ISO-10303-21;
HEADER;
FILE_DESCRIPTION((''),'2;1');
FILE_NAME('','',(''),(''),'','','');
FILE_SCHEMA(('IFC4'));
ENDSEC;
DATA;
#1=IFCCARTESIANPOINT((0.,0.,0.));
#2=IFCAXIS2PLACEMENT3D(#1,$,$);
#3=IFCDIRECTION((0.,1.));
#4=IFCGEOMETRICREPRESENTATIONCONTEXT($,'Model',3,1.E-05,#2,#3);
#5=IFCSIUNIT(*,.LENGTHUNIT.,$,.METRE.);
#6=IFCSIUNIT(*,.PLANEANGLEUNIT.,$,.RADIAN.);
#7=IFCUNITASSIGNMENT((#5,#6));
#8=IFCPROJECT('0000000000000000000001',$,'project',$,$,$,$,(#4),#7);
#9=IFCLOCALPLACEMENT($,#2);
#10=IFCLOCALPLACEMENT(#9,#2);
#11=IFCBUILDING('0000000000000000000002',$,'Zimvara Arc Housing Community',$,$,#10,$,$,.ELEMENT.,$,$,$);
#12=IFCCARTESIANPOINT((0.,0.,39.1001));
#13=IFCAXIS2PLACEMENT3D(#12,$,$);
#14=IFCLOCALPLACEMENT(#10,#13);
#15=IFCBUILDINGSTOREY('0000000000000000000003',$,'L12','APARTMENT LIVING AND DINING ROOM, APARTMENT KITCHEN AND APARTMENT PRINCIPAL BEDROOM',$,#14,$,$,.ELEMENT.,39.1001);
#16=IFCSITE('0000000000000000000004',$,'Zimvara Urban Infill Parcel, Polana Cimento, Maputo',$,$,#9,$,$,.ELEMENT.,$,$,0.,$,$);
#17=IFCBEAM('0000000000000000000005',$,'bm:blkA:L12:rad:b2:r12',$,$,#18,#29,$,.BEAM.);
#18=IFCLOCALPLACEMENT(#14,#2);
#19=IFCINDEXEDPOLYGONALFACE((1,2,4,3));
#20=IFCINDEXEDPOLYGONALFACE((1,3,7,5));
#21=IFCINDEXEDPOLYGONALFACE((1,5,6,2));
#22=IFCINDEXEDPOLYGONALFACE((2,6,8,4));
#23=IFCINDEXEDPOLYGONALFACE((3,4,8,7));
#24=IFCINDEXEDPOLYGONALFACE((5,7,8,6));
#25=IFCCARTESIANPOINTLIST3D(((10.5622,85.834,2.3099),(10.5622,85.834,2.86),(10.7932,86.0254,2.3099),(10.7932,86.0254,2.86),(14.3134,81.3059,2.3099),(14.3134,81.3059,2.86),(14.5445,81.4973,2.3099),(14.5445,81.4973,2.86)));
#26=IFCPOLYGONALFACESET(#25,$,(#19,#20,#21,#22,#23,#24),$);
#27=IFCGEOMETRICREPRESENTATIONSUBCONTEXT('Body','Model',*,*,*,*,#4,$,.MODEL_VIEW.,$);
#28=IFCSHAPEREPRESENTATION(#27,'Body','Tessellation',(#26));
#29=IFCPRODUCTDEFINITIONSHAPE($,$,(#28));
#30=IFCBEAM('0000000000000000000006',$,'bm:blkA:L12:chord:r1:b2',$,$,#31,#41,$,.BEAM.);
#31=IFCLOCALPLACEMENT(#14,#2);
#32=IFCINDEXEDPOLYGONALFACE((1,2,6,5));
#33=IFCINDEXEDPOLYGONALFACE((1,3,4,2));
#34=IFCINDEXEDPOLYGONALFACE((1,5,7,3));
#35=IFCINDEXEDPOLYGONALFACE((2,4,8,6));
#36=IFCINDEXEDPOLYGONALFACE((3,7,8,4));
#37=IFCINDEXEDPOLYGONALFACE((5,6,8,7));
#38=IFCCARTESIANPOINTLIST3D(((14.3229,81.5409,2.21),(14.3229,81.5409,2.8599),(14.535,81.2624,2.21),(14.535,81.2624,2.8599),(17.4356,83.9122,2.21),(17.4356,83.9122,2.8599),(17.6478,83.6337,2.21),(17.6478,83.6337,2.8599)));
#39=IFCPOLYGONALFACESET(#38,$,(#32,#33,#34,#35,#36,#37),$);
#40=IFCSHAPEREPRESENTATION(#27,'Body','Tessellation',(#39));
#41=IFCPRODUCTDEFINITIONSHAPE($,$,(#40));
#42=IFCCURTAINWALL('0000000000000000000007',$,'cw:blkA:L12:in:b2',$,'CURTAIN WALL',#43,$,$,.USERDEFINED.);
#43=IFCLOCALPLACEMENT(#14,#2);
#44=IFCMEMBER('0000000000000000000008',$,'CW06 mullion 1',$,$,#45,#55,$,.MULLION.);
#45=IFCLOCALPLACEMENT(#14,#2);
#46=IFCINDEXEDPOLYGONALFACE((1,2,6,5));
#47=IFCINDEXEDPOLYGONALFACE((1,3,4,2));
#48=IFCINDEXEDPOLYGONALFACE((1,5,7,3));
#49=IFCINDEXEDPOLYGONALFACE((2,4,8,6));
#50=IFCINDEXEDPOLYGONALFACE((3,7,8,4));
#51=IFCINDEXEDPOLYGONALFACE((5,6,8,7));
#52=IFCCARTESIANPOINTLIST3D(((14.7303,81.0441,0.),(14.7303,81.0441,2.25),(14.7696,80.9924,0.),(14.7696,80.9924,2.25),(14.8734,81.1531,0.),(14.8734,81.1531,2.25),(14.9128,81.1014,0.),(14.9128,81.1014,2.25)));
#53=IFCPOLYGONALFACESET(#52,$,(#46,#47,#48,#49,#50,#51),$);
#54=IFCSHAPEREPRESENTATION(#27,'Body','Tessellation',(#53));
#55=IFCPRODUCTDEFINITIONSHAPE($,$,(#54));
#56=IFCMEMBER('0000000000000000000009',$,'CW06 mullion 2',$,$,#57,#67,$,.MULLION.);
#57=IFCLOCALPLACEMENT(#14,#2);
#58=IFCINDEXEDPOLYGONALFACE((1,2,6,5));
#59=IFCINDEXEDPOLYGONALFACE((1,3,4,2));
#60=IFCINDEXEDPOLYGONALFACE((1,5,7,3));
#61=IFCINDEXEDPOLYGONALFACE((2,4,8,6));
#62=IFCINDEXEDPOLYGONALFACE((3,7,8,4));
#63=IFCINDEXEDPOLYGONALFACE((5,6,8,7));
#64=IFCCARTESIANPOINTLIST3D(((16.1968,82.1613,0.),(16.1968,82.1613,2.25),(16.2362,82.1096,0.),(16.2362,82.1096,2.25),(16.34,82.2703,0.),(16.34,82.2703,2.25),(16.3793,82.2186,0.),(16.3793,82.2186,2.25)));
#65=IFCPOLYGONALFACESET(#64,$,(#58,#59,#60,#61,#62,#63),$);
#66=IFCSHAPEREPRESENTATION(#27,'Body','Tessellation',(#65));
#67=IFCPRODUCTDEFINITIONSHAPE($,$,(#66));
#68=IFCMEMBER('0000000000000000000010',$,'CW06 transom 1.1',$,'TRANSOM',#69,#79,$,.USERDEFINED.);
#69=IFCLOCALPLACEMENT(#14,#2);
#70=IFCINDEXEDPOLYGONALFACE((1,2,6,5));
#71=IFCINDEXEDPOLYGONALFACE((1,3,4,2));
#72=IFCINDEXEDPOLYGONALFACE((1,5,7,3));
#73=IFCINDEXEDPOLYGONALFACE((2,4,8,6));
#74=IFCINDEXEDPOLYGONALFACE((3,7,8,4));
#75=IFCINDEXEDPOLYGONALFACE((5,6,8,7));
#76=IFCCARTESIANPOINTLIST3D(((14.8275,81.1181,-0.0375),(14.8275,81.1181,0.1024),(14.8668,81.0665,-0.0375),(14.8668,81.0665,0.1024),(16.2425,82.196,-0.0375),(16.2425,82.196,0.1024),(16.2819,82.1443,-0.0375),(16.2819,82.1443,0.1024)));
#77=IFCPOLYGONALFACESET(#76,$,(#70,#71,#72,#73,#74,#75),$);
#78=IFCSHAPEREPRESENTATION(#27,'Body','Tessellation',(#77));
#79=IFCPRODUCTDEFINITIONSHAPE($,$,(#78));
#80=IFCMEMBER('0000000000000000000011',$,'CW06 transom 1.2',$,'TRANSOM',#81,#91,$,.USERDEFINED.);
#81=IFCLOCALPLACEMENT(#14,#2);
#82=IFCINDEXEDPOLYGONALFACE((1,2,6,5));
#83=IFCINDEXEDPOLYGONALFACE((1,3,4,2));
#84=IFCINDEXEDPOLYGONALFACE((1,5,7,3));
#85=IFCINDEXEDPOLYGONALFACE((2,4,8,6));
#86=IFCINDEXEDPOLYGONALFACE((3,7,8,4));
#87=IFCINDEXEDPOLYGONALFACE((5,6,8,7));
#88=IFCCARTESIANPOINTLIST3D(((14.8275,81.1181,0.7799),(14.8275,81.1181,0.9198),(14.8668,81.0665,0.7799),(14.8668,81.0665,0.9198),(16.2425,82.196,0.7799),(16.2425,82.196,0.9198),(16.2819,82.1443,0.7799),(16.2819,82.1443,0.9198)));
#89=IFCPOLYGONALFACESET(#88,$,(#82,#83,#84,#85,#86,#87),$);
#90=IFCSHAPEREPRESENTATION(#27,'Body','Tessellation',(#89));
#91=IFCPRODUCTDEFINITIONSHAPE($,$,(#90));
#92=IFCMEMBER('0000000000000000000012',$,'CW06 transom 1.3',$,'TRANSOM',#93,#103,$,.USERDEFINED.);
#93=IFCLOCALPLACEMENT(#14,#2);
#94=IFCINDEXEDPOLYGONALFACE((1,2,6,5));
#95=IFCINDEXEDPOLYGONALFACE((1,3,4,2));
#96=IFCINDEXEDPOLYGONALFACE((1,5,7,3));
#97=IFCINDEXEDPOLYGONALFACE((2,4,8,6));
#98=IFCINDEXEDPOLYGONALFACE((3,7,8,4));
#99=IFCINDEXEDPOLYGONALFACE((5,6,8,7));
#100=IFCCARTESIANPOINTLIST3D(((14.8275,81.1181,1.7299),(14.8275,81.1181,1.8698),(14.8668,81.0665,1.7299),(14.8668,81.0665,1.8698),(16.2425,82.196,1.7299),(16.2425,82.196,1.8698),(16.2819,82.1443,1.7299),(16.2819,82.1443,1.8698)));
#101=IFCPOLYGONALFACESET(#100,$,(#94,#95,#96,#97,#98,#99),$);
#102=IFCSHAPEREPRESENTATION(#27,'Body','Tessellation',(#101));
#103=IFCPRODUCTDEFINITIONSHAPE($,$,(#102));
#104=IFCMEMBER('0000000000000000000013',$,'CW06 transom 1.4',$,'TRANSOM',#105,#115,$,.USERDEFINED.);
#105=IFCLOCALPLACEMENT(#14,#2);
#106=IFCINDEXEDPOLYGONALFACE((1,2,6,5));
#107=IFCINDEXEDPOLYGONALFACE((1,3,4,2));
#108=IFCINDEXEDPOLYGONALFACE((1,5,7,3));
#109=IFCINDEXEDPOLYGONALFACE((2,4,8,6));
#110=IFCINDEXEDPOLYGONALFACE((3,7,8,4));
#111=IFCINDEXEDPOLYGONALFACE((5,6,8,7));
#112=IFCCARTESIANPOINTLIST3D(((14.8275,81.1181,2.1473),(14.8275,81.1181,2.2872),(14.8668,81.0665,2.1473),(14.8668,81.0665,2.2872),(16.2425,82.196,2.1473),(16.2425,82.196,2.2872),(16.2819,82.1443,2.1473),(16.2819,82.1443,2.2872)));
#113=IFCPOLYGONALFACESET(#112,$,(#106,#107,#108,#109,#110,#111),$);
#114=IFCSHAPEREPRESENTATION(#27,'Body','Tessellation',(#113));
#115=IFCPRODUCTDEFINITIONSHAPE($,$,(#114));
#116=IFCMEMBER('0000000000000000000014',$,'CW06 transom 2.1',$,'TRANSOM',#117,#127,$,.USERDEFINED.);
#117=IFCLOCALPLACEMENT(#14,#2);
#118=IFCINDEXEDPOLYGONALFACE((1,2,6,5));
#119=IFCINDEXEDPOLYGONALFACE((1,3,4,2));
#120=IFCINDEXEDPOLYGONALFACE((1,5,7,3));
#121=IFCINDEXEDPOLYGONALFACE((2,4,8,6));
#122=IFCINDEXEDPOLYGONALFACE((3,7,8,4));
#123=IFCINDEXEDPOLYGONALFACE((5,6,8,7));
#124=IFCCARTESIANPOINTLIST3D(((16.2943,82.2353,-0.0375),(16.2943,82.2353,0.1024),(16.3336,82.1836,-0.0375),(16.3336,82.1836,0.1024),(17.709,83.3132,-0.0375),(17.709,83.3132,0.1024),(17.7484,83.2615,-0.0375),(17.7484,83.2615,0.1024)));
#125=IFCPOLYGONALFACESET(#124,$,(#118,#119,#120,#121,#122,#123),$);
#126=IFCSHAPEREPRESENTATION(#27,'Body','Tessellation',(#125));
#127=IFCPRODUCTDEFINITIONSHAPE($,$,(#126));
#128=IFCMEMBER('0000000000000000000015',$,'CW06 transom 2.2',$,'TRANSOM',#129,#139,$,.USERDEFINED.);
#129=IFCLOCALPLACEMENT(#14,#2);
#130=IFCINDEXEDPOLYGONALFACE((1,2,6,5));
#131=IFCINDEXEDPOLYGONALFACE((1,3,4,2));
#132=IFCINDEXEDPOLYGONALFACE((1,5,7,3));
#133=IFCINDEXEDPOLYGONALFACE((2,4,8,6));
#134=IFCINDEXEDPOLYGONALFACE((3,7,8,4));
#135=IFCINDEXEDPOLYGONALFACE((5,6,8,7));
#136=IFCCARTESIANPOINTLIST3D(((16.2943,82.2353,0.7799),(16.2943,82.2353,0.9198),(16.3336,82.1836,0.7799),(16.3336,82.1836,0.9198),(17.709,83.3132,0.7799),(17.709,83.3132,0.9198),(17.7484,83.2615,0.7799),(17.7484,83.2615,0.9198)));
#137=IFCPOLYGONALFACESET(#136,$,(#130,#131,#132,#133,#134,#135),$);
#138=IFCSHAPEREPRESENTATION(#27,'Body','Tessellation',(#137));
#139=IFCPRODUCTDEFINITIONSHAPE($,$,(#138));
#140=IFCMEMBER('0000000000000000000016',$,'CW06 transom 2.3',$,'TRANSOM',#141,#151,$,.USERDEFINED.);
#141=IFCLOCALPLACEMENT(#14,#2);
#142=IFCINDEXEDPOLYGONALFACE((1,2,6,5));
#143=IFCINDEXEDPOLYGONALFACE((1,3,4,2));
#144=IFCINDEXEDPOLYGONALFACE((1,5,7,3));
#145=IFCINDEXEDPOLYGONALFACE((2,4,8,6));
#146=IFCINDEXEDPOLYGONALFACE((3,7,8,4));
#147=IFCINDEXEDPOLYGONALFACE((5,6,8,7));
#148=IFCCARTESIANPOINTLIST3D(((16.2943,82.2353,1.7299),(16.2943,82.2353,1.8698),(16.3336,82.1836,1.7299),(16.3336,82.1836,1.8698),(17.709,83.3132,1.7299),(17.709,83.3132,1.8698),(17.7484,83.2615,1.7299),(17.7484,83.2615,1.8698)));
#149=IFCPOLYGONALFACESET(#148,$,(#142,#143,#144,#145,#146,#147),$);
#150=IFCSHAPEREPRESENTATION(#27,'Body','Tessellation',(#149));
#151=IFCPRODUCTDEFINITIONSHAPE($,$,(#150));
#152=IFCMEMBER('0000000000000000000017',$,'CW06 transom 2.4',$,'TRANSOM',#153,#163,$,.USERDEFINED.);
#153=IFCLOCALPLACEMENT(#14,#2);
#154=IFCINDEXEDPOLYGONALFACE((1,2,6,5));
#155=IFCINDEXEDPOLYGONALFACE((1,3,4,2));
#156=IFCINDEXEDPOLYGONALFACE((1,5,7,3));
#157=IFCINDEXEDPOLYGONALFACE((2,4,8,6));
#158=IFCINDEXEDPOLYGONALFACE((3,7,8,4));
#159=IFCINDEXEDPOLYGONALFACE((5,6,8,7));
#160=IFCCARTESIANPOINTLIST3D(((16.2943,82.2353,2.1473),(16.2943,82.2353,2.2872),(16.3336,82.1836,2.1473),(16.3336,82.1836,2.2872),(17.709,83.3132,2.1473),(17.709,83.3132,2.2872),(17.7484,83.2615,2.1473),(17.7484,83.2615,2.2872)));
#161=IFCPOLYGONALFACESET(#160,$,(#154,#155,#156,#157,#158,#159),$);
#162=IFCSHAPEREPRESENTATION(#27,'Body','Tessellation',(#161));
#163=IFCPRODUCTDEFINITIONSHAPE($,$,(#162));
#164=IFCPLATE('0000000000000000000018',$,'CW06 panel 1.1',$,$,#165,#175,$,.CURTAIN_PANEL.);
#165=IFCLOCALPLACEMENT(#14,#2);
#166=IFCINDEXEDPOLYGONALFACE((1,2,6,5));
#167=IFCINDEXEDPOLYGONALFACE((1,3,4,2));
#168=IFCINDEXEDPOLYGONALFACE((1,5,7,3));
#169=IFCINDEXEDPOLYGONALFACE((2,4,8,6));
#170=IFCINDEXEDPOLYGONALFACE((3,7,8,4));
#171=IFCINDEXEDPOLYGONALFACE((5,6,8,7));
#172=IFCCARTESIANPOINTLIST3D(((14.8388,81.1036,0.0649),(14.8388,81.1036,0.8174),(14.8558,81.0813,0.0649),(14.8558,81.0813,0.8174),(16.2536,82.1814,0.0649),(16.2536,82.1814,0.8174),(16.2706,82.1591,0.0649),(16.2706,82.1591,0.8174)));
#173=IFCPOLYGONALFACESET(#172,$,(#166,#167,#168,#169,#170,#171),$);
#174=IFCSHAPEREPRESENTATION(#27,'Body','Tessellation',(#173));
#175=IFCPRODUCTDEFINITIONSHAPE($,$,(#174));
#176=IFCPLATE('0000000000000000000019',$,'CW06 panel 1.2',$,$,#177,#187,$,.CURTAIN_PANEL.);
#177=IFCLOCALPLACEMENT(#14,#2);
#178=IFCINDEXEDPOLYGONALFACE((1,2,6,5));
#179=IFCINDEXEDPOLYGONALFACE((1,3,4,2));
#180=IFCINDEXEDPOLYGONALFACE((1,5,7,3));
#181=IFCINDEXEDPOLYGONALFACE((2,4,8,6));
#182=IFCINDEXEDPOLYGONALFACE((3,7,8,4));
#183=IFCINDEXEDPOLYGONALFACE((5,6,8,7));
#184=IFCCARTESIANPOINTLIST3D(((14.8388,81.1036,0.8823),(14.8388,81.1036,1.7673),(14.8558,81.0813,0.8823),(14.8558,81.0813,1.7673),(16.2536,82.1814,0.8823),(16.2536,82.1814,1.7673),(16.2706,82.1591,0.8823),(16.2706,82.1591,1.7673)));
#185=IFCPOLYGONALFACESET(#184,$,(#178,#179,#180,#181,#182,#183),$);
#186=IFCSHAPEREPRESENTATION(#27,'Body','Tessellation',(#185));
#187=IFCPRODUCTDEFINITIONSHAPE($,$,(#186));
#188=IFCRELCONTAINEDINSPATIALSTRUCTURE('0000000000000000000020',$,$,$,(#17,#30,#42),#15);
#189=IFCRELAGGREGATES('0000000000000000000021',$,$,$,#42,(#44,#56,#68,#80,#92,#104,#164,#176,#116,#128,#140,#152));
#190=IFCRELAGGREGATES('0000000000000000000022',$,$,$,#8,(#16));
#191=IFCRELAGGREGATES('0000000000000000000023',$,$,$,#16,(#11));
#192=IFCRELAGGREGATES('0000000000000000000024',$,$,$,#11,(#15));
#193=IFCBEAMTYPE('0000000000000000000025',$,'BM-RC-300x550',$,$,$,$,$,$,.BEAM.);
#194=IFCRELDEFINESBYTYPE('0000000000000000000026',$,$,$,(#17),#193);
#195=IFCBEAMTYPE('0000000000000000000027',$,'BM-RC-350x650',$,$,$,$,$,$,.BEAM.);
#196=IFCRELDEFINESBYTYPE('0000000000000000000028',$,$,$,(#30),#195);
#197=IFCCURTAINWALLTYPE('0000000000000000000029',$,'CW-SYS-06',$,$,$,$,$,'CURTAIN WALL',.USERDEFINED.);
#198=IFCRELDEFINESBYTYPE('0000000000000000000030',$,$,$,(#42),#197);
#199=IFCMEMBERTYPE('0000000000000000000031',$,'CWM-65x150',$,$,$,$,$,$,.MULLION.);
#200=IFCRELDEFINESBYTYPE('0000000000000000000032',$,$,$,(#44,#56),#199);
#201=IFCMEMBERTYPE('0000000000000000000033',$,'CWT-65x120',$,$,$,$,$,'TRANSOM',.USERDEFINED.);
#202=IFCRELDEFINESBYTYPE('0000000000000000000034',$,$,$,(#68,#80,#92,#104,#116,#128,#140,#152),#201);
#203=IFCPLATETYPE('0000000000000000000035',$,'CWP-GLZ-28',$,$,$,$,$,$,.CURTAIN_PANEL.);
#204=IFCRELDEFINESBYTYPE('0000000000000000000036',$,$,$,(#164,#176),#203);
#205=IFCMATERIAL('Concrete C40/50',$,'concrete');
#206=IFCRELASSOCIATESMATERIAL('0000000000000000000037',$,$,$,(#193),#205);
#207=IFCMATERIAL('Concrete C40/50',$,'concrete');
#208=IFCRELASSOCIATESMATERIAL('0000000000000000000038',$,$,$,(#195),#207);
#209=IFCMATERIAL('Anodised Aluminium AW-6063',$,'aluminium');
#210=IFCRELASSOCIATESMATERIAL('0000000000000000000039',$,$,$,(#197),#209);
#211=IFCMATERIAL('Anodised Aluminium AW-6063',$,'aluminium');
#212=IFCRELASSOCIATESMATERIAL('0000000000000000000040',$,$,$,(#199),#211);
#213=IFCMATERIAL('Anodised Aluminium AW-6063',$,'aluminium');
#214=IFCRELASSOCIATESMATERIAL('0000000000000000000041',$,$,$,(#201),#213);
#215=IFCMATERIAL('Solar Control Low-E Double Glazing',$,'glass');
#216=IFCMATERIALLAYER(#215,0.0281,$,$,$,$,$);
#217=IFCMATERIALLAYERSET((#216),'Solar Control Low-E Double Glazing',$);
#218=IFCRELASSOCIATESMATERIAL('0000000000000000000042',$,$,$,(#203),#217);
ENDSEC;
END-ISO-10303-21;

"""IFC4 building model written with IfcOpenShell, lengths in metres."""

from ifc_helpers import new_model, si_unit, direction, frame, origin, origin_2d, place, context, subcontext, project, spatial, rectangle, extrude, material, layer, layer_set, material_profile, profile_set, type_object, element, aggregate, save


model = new_model("IFC4")

# Units and contexts
model_context = context("Model", 3, precision=1e-05, world=origin(), true_north=direction((0.0, 1.0)))
body_context = subcontext(model_context, "Body", "Model", "MODEL_VIEW")
ifc_project = project(units=[si_unit("LENGTHUNIT", "METRE"), si_unit("PLANEANGLEUNIT", "RADIAN")], contexts=[model_context])

# Site, building, storey
site_placement = place(None, origin())
site = spatial("IfcSite", under=ifc_project, at=site_placement, Name="Zimvara Urban Infill Parcel, Polana Cimento, Maputo", CompositionType="ELEMENT", RefElevation=0.0)
building_placement = place(site_placement, origin())
building = spatial("IfcBuilding", under=site, at=building_placement, Name="Zimvara Arc Housing Community", CompositionType="ELEMENT")
storey_placement = place(building_placement, frame((0.0, 0.0, 39.1001)))
storey = spatial("IfcBuildingStorey", under=building, at=storey_placement, Name="L12", Description="APARTMENT LIVING AND DINING ROOM, APARTMENT KITCHEN AND APARTMENT PRINCIPAL BEDROOM", CompositionType="ELEMENT", Elevation=39.1001)

# Beams
ifc_material_1 = material(Name="Concrete C40/50", Category="concrete")
ifc_material_profile_1 = material_profile(ifc_material_1, rectangle(XDim=0.3, YDim=0.55, at=origin_2d()), Name="RC 300x550")
ifc_profile_set_1 = profile_set([ifc_material_profile_1], Name="Concrete C40/50")
beam_type_1 = type_object("IfcBeamType", Name="BM-RC-300x550", PredefinedType="BEAM", material=ifc_profile_set_1)
beam_1_placement = place(storey_placement, frame((14.429, 81.4016, 2.585), z_axis=(-0.637956, 0.770073, 0.0), x_axis=(-0.770073, -0.637956, 0.0)))
element("IfcBeam", 1, at=beam_1_placement, inside=storey, type_object=beam_type_1, Name="bm:blkA:L12:rad:b2:r12", PredefinedType="BEAM", context=body_context, shape_type="SweptSolid", body=[
    extrude(rectangle(XDim=0.3, YDim=0.55, at=origin_2d()), origin(), (0.0, 0.0, 1.0), 5.8801),
])
ifc_material_2 = material(Name="Concrete C40/50", Category="concrete")
ifc_material_profile_2 = material_profile(ifc_material_2, rectangle(XDim=0.3501, YDim=0.6499, at=origin_2d()), Name="RC 350x650")
ifc_profile_set_2 = profile_set([ifc_material_profile_2], Name="Concrete C40/50")
beam_type_2 = type_object("IfcBeamType", Name="BM-RC-350x650", PredefinedType="BEAM", material=ifc_profile_set_2)
beam_2_placement = place(storey_placement, frame((14.429, 81.4016, 2.5349), z_axis=(0.79547, 0.605992, 0.0), x_axis=(-0.605992, 0.79547, 0.0)))
element("IfcBeam", 2, at=beam_2_placement, inside=storey, type_object=beam_type_2, Name="bm:blkA:L12:chord:r1:b2", PredefinedType="BEAM", context=body_context, shape_type="SweptSolid", body=[
    extrude(rectangle(XDim=0.3501, YDim=0.6499, at=origin_2d()), origin(), (0.0, 0.0, 1.0), 3.9131),
])

# Curtain wall, members, plates
ifc_material_3 = material(Name="Anodised Aluminium AW-6063", Category="aluminium")
curtain_wall_type = type_object("IfcCurtainWallType", Name="CW-SYS-06", ElementType="CURTAIN WALL", PredefinedType="USERDEFINED", material=ifc_material_3)
curtain_wall_placement = place(storey_placement, origin())
curtain_wall = element("IfcCurtainWall", 3, at=curtain_wall_placement, inside=storey, type_object=curtain_wall_type, Name="cw:blkA:L12:in:b2", ObjectType="CURTAIN WALL", PredefinedType="USERDEFINED")
ifc_material_4 = material(Name="Anodised Aluminium AW-6063", Category="aluminium")
ifc_material_profile_3 = material_profile(ifc_material_4, rectangle(XDim=0.0649, YDim=0.1799, at=origin_2d()), Name="ALU 65x180")
ifc_profile_set_3 = profile_set([ifc_material_profile_3], Name="Anodised Aluminium AW-6063")
member_type_1 = type_object("IfcMemberType", Name="CWM-65x150", PredefinedType="MULLION", material=ifc_profile_set_3)
member_1_placement = place(storey_placement, frame((14.8215, 81.0728, 0.0), z_axis=(0.0, 0.0, 1.0), x_axis=(-0.605988, 0.795474, 0.0)))
member_1 = element("IfcMember", 4, at=member_1_placement, type_object=member_type_1, Name="CW06 mullion 1", PredefinedType="MULLION", context=body_context, shape_type="SweptSolid", body=[
    extrude(rectangle(XDim=0.0649, YDim=0.1799, at=origin_2d()), origin(), (0.0, 0.0, 1.0), 2.25),
])
member_2_placement = place(storey_placement, frame((16.2881, 82.1899, 0.0), z_axis=(0.0, 0.0, 1.0), x_axis=(-0.605988, 0.795474, 0.0)))
member_2 = element("IfcMember", 5, at=member_2_placement, type_object=member_type_1, Name="CW06 mullion 2", PredefinedType="MULLION", context=body_context, shape_type="SweptSolid", body=[
    extrude(rectangle(XDim=0.0649, YDim=0.1799, at=origin_2d()), origin(), (0.0, 0.0, 1.0), 2.25),
])
ifc_material_5 = material(Name="Anodised Aluminium AW-6063", Category="aluminium")
ifc_material_profile_4 = material_profile(ifc_material_5, rectangle(XDim=0.0649, YDim=0.1399, at=origin_2d()), Name="ALU 65x140")
ifc_profile_set_4 = profile_set([ifc_material_profile_4], Name="Anodised Aluminium AW-6063")
member_type_2 = type_object("IfcMemberType", Name="CWT-65x120", ElementType="TRANSOM", PredefinedType="USERDEFINED", material=ifc_profile_set_4)
member_3_placement = place(storey_placement, frame((14.8472, 81.0923, 0.0325), z_axis=(0.795498, 0.605956, 0.0), x_axis=(-0.605956, 0.795498, 0.0)))
member_3 = element("IfcMember", 6, at=member_3_placement, type_object=member_type_2, Name="CW06 transom 1.1", ObjectType="TRANSOM", PredefinedType="USERDEFINED", context=body_context, shape_type="SweptSolid", body=[
    extrude(rectangle(XDim=0.0649, YDim=0.1399, at=origin_2d()), origin(), (0.0, 0.0, 1.0), 1.7788),
])
member_4_placement = place(storey_placement, frame((14.8472, 81.0923, 0.8499), z_axis=(0.795498, 0.605956, 0.0), x_axis=(-0.605956, 0.795498, 0.0)))
member_4 = element("IfcMember", 7, at=member_4_placement, type_object=member_type_2, Name="CW06 transom 1.2", ObjectType="TRANSOM", PredefinedType="USERDEFINED", context=body_context, shape_type="SweptSolid", body=[
    extrude(rectangle(XDim=0.0649, YDim=0.1399, at=origin_2d()), origin(), (0.0, 0.0, 1.0), 1.7788),
])
member_5_placement = place(storey_placement, frame((14.8472, 81.0923, 1.7998), z_axis=(0.795498, 0.605956, 0.0), x_axis=(-0.605956, 0.795498, 0.0)))
member_5 = element("IfcMember", 8, at=member_5_placement, type_object=member_type_2, Name="CW06 transom 1.3", ObjectType="TRANSOM", PredefinedType="USERDEFINED", context=body_context, shape_type="SweptSolid", body=[
    extrude(rectangle(XDim=0.0649, YDim=0.1399, at=origin_2d()), origin(), (0.0, 0.0, 1.0), 1.7788),
])
member_6_placement = place(storey_placement, frame((14.8472, 81.0923, 2.2173), z_axis=(0.795498, 0.605956, 0.0), x_axis=(-0.605956, 0.795498, 0.0)))
member_6 = element("IfcMember", 9, at=member_6_placement, type_object=member_type_2, Name="CW06 transom 1.4", ObjectType="TRANSOM", PredefinedType="USERDEFINED", context=body_context, shape_type="SweptSolid", body=[
    extrude(rectangle(XDim=0.0649, YDim=0.1399, at=origin_2d()), origin(), (0.0, 0.0, 1.0), 1.7788),
])
member_7_placement = place(storey_placement, frame((16.314, 82.2095, 0.0325), z_axis=(0.795447, 0.606023, 0.0), x_axis=(-0.606023, 0.795447, 0.0)))
member_7 = element("IfcMember", 10, at=member_7_placement, type_object=member_type_2, Name="CW06 transom 2.1", ObjectType="TRANSOM", PredefinedType="USERDEFINED", context=body_context, shape_type="SweptSolid", body=[
    extrude(rectangle(XDim=0.0649, YDim=0.1399, at=origin_2d()), origin(), (0.0, 0.0, 1.0), 1.7786),
])
member_8_placement = place(storey_placement, frame((16.314, 82.2095, 0.8499), z_axis=(0.795447, 0.606023, 0.0), x_axis=(-0.606023, 0.795447, 0.0)))
member_8 = element("IfcMember", 11, at=member_8_placement, type_object=member_type_2, Name="CW06 transom 2.2", ObjectType="TRANSOM", PredefinedType="USERDEFINED", context=body_context, shape_type="SweptSolid", body=[
    extrude(rectangle(XDim=0.0649, YDim=0.1399, at=origin_2d()), origin(), (0.0, 0.0, 1.0), 1.7786),
])
member_9_placement = place(storey_placement, frame((16.314, 82.2095, 1.7998), z_axis=(0.795447, 0.606023, 0.0), x_axis=(-0.606023, 0.795447, 0.0)))
member_9 = element("IfcMember", 12, at=member_9_placement, type_object=member_type_2, Name="CW06 transom 2.3", ObjectType="TRANSOM", PredefinedType="USERDEFINED", context=body_context, shape_type="SweptSolid", body=[
    extrude(rectangle(XDim=0.0649, YDim=0.1399, at=origin_2d()), origin(), (0.0, 0.0, 1.0), 1.7786),
])
member_10_placement = place(storey_placement, frame((16.314, 82.2095, 2.2173), z_axis=(0.795447, 0.606023, 0.0), x_axis=(-0.606023, 0.795447, 0.0)))
member_10 = element("IfcMember", 13, at=member_10_placement, type_object=member_type_2, Name="CW06 transom 2.4", ObjectType="TRANSOM", PredefinedType="USERDEFINED", context=body_context, shape_type="SweptSolid", body=[
    extrude(rectangle(XDim=0.0649, YDim=0.1399, at=origin_2d()), origin(), (0.0, 0.0, 1.0), 1.7786),
])
ifc_material_6 = material(Name="Solar Control Low-E Double Glazing", Category="glass")
ifc_layer = layer(ifc_material_6, 0.0281)
ifc_layer_set = layer_set([ifc_layer], Name="Solar Control Low-E Double Glazing")
plate_type = type_object("IfcPlateType", Name="CWP-GLZ-28", PredefinedType="CURTAIN_PANEL", material=ifc_layer_set)
plate_1_placement = place(storey_placement, frame((15.5547, 81.6313, 0.0649), z_axis=(0.0, 0.0, 1.0), x_axis=(0.795474, 0.605988, 0.0)))
plate_1 = element("IfcPlate", 14, at=plate_1_placement, type_object=plate_type, Name="CW06 panel 1.1", PredefinedType="CURTAIN_PANEL", context=body_context, shape_type="SweptSolid", body=[
    extrude(rectangle(XDim=1.7786, YDim=0.0281, at=origin_2d()), origin(), (0.0, 0.0, 1.0), 0.7524),
])
plate_2_placement = place(storey_placement, frame((15.5547, 81.6313, 0.8823), z_axis=(0.0, 0.0, 1.0), x_axis=(0.795474, 0.605988, 0.0)))
plate_2 = element("IfcPlate", 15, at=plate_2_placement, type_object=plate_type, Name="CW06 panel 1.2", PredefinedType="CURTAIN_PANEL", context=body_context, shape_type="SweptSolid", body=[
    extrude(rectangle(XDim=1.7786, YDim=0.0281, at=origin_2d()), origin(), (0.0, 0.0, 1.0), 0.885),
])
aggregate(curtain_wall, [member_1, member_2, member_3, member_4, member_5, member_6, plate_1, plate_2, member_7, member_8, member_9, member_10])

save(model, "model.ifc")
